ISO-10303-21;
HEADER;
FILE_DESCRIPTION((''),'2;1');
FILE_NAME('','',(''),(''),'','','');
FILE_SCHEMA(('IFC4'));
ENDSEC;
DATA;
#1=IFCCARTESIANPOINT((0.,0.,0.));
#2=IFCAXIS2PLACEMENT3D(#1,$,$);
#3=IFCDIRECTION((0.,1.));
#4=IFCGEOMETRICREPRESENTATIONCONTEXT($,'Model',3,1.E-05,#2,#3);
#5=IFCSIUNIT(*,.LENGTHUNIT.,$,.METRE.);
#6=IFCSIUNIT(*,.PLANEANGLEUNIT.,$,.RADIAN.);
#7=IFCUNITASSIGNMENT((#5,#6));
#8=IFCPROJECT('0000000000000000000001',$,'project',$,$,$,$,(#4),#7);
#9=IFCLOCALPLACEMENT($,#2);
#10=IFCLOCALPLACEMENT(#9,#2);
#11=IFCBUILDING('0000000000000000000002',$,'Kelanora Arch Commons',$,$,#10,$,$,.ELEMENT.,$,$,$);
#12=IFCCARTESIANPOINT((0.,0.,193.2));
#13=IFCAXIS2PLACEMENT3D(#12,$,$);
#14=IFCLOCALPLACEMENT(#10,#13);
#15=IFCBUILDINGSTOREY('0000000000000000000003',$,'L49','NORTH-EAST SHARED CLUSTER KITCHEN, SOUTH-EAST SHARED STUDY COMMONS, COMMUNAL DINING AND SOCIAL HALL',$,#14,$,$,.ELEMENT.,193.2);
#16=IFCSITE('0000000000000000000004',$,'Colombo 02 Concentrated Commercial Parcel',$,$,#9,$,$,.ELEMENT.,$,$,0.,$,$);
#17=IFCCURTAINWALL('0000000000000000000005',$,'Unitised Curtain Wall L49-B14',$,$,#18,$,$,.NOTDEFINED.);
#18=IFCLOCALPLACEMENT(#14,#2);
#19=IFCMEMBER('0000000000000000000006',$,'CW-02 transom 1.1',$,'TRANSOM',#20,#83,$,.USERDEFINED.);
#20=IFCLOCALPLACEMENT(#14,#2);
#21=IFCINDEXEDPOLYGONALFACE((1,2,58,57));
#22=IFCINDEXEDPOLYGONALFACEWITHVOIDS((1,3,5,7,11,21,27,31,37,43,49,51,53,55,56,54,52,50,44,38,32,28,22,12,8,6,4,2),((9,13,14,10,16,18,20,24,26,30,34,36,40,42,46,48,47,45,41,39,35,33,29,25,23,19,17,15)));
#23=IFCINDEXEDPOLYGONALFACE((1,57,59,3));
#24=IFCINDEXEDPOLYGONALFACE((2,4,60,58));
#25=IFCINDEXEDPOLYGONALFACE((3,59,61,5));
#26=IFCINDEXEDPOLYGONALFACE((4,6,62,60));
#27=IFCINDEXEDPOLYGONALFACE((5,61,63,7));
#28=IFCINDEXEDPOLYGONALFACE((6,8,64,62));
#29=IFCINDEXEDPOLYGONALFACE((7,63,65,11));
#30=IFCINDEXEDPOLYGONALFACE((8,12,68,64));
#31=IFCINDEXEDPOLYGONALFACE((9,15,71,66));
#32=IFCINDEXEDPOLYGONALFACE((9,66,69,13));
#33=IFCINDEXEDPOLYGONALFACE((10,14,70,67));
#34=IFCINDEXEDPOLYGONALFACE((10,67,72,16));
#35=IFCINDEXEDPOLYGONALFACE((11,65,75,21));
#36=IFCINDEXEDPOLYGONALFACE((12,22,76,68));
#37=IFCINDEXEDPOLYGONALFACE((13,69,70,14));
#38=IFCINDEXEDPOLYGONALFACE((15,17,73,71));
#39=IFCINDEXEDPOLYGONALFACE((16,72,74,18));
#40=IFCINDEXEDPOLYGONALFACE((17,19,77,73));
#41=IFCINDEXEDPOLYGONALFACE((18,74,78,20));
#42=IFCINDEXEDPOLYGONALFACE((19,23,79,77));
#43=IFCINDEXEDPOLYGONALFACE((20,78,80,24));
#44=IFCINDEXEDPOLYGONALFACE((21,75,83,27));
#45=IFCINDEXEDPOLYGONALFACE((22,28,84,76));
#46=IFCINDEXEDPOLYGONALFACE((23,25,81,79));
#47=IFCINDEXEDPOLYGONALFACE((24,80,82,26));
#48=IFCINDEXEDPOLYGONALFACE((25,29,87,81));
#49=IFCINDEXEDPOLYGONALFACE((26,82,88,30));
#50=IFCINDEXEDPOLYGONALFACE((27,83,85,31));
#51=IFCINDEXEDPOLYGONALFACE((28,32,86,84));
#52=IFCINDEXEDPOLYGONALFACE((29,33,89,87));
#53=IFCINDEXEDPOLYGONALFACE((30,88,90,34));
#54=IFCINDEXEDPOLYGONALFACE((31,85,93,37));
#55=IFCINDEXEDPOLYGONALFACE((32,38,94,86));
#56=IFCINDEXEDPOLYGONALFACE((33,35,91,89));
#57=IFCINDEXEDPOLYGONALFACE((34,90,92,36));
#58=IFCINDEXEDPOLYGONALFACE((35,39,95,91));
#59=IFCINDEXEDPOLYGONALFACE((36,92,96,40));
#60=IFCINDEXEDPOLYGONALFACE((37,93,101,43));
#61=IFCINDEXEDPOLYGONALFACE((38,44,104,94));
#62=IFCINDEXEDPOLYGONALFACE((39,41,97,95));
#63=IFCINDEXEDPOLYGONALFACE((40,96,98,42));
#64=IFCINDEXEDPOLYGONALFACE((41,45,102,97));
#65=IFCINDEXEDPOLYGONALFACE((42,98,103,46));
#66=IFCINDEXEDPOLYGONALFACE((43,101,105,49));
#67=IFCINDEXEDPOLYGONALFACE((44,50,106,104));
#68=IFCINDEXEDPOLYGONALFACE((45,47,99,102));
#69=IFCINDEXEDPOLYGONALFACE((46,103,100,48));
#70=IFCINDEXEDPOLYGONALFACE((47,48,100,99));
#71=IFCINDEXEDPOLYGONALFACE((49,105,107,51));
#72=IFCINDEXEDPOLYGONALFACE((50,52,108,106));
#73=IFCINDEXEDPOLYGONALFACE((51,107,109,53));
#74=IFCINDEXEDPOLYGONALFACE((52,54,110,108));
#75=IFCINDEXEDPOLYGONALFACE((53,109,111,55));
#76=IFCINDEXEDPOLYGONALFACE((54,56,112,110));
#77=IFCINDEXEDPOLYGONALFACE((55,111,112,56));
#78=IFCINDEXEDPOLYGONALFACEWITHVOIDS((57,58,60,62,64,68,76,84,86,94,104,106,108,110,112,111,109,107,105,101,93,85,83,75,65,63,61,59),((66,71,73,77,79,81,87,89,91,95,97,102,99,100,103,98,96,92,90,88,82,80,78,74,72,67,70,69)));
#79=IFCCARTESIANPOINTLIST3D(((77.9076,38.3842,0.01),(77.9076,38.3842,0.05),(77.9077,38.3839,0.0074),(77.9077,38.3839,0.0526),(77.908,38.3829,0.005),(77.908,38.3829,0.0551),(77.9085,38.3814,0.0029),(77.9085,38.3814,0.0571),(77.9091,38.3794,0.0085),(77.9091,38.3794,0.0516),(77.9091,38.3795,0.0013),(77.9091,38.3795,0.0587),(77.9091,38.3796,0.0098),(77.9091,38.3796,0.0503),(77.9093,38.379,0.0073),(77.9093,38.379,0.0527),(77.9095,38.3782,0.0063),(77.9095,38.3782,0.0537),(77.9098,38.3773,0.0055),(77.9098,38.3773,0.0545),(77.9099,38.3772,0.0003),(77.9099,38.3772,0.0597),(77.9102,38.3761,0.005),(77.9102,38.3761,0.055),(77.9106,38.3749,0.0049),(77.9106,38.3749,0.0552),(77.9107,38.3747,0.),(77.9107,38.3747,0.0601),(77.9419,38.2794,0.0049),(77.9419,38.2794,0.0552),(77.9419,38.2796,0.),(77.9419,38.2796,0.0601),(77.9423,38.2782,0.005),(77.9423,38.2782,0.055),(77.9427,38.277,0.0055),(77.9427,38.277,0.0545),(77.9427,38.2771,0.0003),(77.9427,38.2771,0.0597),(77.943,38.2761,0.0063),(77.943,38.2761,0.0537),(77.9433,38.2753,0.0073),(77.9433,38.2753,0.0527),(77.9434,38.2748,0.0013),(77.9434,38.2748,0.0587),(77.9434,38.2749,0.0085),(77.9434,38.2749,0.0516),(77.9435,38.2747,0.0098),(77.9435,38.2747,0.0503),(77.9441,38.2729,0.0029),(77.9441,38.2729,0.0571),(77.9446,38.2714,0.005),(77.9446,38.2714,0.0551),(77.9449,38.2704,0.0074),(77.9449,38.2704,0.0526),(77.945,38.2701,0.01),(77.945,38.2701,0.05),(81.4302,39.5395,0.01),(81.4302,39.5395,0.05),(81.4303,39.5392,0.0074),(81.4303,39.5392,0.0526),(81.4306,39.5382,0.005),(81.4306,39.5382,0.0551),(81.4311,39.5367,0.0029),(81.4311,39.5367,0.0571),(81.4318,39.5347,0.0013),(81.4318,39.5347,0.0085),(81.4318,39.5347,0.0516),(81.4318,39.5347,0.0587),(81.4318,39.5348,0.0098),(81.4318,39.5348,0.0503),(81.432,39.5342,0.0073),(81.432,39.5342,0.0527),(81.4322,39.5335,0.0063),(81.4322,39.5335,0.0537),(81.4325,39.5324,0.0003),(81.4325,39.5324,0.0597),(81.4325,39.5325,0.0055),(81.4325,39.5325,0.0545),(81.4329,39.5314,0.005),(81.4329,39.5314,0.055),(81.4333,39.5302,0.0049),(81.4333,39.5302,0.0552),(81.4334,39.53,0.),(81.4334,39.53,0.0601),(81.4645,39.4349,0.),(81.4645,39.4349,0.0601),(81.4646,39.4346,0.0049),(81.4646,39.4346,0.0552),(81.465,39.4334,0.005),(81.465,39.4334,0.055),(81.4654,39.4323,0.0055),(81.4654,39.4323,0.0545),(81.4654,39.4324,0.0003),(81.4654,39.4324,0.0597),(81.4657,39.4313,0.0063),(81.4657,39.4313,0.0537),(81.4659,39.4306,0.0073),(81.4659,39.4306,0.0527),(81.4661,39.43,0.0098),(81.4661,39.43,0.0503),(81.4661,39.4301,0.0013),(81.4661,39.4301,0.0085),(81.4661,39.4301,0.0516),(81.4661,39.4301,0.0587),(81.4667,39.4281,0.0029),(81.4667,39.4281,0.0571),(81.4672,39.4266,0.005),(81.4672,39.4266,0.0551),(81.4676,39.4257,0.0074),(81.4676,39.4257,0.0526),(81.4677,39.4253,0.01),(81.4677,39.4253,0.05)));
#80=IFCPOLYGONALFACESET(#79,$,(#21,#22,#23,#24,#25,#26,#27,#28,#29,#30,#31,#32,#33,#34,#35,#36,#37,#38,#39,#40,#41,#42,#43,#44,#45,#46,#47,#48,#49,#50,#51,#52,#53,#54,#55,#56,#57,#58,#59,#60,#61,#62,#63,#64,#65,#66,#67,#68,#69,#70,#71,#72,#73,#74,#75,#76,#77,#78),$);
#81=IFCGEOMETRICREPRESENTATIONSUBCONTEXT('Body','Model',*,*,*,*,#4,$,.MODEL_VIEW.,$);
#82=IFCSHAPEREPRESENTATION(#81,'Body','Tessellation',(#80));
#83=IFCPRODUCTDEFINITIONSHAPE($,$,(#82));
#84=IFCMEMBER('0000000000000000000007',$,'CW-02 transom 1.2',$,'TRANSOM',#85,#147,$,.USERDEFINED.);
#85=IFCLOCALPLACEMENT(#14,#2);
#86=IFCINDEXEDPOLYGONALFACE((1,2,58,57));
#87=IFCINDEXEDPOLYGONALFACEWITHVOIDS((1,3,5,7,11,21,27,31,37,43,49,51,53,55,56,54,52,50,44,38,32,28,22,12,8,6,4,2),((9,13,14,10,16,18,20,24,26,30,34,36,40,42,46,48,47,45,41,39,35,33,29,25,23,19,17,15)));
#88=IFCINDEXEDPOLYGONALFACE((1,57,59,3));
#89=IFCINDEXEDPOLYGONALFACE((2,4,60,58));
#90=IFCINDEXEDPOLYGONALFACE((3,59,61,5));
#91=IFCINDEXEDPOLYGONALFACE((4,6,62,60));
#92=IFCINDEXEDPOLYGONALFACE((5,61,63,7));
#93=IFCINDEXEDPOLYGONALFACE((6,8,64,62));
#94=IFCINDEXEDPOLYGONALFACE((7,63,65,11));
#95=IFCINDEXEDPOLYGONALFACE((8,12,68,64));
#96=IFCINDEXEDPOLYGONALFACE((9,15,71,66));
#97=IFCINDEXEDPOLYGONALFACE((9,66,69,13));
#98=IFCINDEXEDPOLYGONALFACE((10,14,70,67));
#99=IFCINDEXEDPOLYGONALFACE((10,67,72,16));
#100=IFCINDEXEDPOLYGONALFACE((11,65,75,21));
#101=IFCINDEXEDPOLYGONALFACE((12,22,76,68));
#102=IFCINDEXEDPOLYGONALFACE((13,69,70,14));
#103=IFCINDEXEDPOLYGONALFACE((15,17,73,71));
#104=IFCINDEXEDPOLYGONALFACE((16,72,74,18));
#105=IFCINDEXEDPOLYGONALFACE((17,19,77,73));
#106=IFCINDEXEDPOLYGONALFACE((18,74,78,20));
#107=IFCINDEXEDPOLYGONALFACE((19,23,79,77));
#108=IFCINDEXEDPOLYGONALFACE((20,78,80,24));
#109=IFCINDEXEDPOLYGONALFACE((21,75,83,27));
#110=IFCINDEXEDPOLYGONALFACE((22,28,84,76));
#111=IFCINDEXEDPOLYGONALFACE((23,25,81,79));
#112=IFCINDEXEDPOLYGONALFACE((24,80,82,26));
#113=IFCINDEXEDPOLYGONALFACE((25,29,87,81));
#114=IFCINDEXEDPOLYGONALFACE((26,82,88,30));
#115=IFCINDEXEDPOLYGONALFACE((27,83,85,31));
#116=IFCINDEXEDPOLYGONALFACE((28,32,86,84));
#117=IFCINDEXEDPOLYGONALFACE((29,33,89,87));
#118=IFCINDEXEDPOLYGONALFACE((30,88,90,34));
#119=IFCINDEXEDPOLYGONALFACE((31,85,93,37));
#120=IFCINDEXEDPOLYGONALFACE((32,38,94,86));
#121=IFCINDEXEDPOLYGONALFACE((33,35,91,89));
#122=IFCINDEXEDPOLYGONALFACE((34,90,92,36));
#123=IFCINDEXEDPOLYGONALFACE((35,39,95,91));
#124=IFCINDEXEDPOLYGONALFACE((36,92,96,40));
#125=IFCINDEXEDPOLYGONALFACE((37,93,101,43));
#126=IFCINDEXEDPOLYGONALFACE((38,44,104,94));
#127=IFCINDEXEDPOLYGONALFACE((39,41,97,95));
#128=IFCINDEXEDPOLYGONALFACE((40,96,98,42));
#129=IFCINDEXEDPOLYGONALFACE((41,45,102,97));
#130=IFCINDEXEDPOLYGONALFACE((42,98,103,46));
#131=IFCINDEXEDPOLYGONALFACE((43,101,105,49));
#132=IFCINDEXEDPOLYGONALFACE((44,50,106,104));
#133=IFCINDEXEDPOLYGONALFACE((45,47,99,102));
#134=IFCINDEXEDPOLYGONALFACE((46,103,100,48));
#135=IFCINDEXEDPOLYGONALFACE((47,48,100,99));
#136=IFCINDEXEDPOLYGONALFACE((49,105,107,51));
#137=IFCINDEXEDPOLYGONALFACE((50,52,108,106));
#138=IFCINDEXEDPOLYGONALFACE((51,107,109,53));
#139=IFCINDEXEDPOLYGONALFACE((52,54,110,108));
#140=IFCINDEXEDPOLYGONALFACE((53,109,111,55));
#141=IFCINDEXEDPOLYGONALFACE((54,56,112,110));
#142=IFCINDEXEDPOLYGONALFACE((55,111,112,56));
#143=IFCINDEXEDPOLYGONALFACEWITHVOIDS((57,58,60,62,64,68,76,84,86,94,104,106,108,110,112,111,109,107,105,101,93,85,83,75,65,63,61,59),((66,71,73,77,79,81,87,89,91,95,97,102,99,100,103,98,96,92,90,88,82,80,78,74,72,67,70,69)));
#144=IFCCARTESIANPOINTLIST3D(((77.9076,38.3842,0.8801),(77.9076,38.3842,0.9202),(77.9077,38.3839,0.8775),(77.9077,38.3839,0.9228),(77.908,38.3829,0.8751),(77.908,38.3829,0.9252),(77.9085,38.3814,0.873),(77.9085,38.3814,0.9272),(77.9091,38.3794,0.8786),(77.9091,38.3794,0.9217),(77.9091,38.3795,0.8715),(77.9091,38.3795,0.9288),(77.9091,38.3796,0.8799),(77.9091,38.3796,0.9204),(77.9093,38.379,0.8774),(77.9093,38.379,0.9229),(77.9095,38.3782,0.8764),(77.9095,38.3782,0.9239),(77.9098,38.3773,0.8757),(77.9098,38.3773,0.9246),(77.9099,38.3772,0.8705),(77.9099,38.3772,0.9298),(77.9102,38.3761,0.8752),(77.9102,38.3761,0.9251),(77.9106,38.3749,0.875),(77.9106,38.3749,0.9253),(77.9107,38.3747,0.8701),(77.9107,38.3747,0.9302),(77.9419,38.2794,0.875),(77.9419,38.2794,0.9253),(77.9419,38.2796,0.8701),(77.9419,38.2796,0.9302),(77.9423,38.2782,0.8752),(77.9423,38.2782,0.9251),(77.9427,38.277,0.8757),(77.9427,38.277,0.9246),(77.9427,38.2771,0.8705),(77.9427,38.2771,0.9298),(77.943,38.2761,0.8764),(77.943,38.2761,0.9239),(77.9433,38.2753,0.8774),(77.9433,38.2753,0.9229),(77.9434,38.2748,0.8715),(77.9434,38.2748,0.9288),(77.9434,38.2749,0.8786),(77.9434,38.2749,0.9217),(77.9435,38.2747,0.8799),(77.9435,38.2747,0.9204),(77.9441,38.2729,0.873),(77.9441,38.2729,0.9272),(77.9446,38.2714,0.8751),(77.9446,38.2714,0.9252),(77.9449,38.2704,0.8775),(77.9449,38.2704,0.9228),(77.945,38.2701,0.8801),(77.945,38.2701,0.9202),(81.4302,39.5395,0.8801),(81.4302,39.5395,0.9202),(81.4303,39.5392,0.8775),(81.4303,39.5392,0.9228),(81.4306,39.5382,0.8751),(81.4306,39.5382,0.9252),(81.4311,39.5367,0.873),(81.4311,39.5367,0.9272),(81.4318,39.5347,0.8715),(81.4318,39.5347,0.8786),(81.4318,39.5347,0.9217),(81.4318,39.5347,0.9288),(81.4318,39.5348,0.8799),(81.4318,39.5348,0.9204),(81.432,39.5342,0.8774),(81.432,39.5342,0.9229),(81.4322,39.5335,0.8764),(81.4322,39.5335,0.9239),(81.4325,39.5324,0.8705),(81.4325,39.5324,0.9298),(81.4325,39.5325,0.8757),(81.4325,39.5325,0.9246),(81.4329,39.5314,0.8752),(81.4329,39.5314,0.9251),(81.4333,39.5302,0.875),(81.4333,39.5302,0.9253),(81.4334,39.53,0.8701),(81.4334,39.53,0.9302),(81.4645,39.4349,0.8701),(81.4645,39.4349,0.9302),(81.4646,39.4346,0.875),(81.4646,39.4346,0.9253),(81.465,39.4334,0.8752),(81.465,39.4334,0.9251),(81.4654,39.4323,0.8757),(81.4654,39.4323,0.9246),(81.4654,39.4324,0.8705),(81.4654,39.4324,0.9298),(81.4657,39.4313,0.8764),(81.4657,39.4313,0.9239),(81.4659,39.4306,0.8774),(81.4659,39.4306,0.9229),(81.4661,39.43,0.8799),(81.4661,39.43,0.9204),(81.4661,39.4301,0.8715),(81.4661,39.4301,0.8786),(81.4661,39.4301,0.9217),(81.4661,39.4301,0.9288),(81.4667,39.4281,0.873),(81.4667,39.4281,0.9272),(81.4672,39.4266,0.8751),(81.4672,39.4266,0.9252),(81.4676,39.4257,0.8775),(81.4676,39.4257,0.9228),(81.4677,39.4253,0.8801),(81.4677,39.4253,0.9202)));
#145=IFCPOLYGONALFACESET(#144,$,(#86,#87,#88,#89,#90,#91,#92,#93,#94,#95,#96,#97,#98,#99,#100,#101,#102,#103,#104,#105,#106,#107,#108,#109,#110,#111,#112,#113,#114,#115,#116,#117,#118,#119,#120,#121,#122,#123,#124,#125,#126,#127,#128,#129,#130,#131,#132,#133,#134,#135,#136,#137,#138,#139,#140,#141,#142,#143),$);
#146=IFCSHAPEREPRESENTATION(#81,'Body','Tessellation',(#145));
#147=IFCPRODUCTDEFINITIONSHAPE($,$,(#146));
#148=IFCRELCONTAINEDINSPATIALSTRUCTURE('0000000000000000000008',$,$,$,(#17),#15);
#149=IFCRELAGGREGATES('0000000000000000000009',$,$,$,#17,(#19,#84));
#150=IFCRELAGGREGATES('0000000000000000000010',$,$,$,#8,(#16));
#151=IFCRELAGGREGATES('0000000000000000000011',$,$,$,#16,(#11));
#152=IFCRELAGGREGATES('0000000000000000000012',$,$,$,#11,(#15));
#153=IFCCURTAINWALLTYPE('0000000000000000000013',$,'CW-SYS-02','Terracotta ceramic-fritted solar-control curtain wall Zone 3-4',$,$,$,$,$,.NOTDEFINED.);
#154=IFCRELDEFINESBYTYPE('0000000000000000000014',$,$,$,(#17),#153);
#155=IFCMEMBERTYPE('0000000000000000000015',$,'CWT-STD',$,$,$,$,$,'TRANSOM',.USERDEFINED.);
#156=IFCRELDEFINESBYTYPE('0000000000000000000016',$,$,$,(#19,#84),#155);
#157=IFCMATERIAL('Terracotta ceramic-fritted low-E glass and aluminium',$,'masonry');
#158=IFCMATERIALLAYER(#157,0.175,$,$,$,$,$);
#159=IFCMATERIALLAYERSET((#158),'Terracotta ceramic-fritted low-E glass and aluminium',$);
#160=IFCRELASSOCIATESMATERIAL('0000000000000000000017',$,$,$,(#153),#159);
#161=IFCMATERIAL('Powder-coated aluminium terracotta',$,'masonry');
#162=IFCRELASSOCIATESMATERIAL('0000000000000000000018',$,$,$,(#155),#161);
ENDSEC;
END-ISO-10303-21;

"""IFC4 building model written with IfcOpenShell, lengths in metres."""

from ifc_helpers import new_model, si_unit, direction, frame, origin, origin_2d, place, context, subcontext, project, spatial, hollow_rectangle, extrude, material, layer, layer_set, material_profile, profile_set, type_object, element, aggregate, save


model = new_model("IFC4")

# Units and contexts
model_context = context("Model", 3, precision=1e-05, world=origin(), true_north=direction((0.0, 1.0)))
body_context = subcontext(model_context, "Body", "Model", "MODEL_VIEW")
ifc_project = project(units=[si_unit("LENGTHUNIT", "METRE"), si_unit("PLANEANGLEUNIT", "RADIAN")], contexts=[model_context])

# Site, building, storey
site_placement = place(None, origin())
site = spatial("IfcSite", under=ifc_project, at=site_placement, Name="Colombo 02 Concentrated Commercial Parcel", CompositionType="ELEMENT", RefElevation=0.0)
building_placement = place(site_placement, origin())
building = spatial("IfcBuilding", under=site, at=building_placement, Name="Kelanora Arch Commons", CompositionType="ELEMENT")
storey_placement = place(building_placement, frame((0.0, 0.0, 193.2)))
storey = spatial("IfcBuildingStorey", under=building, at=storey_placement, Name="L49", Description="NORTH-EAST SHARED CLUSTER KITCHEN, SOUTH-EAST SHARED STUDY COMMONS, COMMUNAL DINING AND SOCIAL HALL", CompositionType="ELEMENT", Elevation=193.2)

# Curtain wall, members
ifc_material_1 = material(Name="Terracotta ceramic-fritted low-E glass and aluminium", Category="masonry")
ifc_layer_1 = layer(ifc_material_1, 0.175)
ifc_layer_set_1 = layer_set([ifc_layer_1], Name="Terracotta ceramic-fritted low-E glass and aluminium")
curtain_wall_type = type_object("IfcCurtainWallType", Name="CW-SYS-02", Description="Terracotta ceramic-fritted solar-control curtain wall Zone 3-4", PredefinedType="NOTDEFINED", material=ifc_layer_set_1)
curtain_wall_placement = place(storey_placement, origin())
curtain_wall = element("IfcCurtainWall", 1, at=curtain_wall_placement, inside=storey, type_object=curtain_wall_type, Name="Unitised Curtain Wall L49-B14", PredefinedType="NOTDEFINED")
ifc_material_2 = material(Name="Powder-coated aluminium terracotta", Category="masonry")
ifc_material_profile_1 = material_profile(ifc_material_2, hollow_rectangle(XDim=0.1201, YDim=0.0601, WallThickness=0.0049, InnerFilletRadius=0.0049, OuterFilletRadius=0.01, at=origin_2d()), Name="CWT120x60")
ifc_profile_set_1 = profile_set([ifc_material_profile_1], Name="Powder-coated aluminium terracotta")
member_type_1 = type_object("IfcMemberType", Name="CWT-STD", ElementType="TRANSOM", PredefinedType="USERDEFINED", material=ifc_profile_set_1)
member_1_placement = place(storey_placement, frame((77.9263, 38.3271, 0.03), z_axis=(0.950207, 0.311621, 0.0), x_axis=(-0.311621, 0.950207, 0.0)))
member_1 = element("IfcMember", 2, at=member_1_placement, type_object=member_type_1, Name="CW-02 transom 1.1", ObjectType="TRANSOM", PredefinedType="USERDEFINED", context=body_context, shape_type="SweptSolid", body=[
    extrude(hollow_rectangle(XDim=0.1201, YDim=0.0601, WallThickness=0.0049, InnerFilletRadius=0.0049, OuterFilletRadius=0.01, at=origin_2d()), origin(), (0.0, 0.0, 1.0), 3.7073),
])
member_2_placement = place(storey_placement, frame((77.9263, 38.3271, 0.9001), z_axis=(0.950207, 0.311621, 0.0), x_axis=(-0.311621, 0.950207, 0.0)))
member_2 = element("IfcMember", 3, at=member_2_placement, type_object=member_type_1, Name="CW-02 transom 1.2", ObjectType="TRANSOM", PredefinedType="USERDEFINED", context=body_context, shape_type="SweptSolid", body=[
    extrude(hollow_rectangle(XDim=0.1201, YDim=0.0601, WallThickness=0.0049, InnerFilletRadius=0.0049, OuterFilletRadius=0.01, at=origin_2d()), origin(), (0.0, 0.0, 1.0), 3.7073),
])
aggregate(curtain_wall, [member_1, member_2])

save(model, "model.ifc")
